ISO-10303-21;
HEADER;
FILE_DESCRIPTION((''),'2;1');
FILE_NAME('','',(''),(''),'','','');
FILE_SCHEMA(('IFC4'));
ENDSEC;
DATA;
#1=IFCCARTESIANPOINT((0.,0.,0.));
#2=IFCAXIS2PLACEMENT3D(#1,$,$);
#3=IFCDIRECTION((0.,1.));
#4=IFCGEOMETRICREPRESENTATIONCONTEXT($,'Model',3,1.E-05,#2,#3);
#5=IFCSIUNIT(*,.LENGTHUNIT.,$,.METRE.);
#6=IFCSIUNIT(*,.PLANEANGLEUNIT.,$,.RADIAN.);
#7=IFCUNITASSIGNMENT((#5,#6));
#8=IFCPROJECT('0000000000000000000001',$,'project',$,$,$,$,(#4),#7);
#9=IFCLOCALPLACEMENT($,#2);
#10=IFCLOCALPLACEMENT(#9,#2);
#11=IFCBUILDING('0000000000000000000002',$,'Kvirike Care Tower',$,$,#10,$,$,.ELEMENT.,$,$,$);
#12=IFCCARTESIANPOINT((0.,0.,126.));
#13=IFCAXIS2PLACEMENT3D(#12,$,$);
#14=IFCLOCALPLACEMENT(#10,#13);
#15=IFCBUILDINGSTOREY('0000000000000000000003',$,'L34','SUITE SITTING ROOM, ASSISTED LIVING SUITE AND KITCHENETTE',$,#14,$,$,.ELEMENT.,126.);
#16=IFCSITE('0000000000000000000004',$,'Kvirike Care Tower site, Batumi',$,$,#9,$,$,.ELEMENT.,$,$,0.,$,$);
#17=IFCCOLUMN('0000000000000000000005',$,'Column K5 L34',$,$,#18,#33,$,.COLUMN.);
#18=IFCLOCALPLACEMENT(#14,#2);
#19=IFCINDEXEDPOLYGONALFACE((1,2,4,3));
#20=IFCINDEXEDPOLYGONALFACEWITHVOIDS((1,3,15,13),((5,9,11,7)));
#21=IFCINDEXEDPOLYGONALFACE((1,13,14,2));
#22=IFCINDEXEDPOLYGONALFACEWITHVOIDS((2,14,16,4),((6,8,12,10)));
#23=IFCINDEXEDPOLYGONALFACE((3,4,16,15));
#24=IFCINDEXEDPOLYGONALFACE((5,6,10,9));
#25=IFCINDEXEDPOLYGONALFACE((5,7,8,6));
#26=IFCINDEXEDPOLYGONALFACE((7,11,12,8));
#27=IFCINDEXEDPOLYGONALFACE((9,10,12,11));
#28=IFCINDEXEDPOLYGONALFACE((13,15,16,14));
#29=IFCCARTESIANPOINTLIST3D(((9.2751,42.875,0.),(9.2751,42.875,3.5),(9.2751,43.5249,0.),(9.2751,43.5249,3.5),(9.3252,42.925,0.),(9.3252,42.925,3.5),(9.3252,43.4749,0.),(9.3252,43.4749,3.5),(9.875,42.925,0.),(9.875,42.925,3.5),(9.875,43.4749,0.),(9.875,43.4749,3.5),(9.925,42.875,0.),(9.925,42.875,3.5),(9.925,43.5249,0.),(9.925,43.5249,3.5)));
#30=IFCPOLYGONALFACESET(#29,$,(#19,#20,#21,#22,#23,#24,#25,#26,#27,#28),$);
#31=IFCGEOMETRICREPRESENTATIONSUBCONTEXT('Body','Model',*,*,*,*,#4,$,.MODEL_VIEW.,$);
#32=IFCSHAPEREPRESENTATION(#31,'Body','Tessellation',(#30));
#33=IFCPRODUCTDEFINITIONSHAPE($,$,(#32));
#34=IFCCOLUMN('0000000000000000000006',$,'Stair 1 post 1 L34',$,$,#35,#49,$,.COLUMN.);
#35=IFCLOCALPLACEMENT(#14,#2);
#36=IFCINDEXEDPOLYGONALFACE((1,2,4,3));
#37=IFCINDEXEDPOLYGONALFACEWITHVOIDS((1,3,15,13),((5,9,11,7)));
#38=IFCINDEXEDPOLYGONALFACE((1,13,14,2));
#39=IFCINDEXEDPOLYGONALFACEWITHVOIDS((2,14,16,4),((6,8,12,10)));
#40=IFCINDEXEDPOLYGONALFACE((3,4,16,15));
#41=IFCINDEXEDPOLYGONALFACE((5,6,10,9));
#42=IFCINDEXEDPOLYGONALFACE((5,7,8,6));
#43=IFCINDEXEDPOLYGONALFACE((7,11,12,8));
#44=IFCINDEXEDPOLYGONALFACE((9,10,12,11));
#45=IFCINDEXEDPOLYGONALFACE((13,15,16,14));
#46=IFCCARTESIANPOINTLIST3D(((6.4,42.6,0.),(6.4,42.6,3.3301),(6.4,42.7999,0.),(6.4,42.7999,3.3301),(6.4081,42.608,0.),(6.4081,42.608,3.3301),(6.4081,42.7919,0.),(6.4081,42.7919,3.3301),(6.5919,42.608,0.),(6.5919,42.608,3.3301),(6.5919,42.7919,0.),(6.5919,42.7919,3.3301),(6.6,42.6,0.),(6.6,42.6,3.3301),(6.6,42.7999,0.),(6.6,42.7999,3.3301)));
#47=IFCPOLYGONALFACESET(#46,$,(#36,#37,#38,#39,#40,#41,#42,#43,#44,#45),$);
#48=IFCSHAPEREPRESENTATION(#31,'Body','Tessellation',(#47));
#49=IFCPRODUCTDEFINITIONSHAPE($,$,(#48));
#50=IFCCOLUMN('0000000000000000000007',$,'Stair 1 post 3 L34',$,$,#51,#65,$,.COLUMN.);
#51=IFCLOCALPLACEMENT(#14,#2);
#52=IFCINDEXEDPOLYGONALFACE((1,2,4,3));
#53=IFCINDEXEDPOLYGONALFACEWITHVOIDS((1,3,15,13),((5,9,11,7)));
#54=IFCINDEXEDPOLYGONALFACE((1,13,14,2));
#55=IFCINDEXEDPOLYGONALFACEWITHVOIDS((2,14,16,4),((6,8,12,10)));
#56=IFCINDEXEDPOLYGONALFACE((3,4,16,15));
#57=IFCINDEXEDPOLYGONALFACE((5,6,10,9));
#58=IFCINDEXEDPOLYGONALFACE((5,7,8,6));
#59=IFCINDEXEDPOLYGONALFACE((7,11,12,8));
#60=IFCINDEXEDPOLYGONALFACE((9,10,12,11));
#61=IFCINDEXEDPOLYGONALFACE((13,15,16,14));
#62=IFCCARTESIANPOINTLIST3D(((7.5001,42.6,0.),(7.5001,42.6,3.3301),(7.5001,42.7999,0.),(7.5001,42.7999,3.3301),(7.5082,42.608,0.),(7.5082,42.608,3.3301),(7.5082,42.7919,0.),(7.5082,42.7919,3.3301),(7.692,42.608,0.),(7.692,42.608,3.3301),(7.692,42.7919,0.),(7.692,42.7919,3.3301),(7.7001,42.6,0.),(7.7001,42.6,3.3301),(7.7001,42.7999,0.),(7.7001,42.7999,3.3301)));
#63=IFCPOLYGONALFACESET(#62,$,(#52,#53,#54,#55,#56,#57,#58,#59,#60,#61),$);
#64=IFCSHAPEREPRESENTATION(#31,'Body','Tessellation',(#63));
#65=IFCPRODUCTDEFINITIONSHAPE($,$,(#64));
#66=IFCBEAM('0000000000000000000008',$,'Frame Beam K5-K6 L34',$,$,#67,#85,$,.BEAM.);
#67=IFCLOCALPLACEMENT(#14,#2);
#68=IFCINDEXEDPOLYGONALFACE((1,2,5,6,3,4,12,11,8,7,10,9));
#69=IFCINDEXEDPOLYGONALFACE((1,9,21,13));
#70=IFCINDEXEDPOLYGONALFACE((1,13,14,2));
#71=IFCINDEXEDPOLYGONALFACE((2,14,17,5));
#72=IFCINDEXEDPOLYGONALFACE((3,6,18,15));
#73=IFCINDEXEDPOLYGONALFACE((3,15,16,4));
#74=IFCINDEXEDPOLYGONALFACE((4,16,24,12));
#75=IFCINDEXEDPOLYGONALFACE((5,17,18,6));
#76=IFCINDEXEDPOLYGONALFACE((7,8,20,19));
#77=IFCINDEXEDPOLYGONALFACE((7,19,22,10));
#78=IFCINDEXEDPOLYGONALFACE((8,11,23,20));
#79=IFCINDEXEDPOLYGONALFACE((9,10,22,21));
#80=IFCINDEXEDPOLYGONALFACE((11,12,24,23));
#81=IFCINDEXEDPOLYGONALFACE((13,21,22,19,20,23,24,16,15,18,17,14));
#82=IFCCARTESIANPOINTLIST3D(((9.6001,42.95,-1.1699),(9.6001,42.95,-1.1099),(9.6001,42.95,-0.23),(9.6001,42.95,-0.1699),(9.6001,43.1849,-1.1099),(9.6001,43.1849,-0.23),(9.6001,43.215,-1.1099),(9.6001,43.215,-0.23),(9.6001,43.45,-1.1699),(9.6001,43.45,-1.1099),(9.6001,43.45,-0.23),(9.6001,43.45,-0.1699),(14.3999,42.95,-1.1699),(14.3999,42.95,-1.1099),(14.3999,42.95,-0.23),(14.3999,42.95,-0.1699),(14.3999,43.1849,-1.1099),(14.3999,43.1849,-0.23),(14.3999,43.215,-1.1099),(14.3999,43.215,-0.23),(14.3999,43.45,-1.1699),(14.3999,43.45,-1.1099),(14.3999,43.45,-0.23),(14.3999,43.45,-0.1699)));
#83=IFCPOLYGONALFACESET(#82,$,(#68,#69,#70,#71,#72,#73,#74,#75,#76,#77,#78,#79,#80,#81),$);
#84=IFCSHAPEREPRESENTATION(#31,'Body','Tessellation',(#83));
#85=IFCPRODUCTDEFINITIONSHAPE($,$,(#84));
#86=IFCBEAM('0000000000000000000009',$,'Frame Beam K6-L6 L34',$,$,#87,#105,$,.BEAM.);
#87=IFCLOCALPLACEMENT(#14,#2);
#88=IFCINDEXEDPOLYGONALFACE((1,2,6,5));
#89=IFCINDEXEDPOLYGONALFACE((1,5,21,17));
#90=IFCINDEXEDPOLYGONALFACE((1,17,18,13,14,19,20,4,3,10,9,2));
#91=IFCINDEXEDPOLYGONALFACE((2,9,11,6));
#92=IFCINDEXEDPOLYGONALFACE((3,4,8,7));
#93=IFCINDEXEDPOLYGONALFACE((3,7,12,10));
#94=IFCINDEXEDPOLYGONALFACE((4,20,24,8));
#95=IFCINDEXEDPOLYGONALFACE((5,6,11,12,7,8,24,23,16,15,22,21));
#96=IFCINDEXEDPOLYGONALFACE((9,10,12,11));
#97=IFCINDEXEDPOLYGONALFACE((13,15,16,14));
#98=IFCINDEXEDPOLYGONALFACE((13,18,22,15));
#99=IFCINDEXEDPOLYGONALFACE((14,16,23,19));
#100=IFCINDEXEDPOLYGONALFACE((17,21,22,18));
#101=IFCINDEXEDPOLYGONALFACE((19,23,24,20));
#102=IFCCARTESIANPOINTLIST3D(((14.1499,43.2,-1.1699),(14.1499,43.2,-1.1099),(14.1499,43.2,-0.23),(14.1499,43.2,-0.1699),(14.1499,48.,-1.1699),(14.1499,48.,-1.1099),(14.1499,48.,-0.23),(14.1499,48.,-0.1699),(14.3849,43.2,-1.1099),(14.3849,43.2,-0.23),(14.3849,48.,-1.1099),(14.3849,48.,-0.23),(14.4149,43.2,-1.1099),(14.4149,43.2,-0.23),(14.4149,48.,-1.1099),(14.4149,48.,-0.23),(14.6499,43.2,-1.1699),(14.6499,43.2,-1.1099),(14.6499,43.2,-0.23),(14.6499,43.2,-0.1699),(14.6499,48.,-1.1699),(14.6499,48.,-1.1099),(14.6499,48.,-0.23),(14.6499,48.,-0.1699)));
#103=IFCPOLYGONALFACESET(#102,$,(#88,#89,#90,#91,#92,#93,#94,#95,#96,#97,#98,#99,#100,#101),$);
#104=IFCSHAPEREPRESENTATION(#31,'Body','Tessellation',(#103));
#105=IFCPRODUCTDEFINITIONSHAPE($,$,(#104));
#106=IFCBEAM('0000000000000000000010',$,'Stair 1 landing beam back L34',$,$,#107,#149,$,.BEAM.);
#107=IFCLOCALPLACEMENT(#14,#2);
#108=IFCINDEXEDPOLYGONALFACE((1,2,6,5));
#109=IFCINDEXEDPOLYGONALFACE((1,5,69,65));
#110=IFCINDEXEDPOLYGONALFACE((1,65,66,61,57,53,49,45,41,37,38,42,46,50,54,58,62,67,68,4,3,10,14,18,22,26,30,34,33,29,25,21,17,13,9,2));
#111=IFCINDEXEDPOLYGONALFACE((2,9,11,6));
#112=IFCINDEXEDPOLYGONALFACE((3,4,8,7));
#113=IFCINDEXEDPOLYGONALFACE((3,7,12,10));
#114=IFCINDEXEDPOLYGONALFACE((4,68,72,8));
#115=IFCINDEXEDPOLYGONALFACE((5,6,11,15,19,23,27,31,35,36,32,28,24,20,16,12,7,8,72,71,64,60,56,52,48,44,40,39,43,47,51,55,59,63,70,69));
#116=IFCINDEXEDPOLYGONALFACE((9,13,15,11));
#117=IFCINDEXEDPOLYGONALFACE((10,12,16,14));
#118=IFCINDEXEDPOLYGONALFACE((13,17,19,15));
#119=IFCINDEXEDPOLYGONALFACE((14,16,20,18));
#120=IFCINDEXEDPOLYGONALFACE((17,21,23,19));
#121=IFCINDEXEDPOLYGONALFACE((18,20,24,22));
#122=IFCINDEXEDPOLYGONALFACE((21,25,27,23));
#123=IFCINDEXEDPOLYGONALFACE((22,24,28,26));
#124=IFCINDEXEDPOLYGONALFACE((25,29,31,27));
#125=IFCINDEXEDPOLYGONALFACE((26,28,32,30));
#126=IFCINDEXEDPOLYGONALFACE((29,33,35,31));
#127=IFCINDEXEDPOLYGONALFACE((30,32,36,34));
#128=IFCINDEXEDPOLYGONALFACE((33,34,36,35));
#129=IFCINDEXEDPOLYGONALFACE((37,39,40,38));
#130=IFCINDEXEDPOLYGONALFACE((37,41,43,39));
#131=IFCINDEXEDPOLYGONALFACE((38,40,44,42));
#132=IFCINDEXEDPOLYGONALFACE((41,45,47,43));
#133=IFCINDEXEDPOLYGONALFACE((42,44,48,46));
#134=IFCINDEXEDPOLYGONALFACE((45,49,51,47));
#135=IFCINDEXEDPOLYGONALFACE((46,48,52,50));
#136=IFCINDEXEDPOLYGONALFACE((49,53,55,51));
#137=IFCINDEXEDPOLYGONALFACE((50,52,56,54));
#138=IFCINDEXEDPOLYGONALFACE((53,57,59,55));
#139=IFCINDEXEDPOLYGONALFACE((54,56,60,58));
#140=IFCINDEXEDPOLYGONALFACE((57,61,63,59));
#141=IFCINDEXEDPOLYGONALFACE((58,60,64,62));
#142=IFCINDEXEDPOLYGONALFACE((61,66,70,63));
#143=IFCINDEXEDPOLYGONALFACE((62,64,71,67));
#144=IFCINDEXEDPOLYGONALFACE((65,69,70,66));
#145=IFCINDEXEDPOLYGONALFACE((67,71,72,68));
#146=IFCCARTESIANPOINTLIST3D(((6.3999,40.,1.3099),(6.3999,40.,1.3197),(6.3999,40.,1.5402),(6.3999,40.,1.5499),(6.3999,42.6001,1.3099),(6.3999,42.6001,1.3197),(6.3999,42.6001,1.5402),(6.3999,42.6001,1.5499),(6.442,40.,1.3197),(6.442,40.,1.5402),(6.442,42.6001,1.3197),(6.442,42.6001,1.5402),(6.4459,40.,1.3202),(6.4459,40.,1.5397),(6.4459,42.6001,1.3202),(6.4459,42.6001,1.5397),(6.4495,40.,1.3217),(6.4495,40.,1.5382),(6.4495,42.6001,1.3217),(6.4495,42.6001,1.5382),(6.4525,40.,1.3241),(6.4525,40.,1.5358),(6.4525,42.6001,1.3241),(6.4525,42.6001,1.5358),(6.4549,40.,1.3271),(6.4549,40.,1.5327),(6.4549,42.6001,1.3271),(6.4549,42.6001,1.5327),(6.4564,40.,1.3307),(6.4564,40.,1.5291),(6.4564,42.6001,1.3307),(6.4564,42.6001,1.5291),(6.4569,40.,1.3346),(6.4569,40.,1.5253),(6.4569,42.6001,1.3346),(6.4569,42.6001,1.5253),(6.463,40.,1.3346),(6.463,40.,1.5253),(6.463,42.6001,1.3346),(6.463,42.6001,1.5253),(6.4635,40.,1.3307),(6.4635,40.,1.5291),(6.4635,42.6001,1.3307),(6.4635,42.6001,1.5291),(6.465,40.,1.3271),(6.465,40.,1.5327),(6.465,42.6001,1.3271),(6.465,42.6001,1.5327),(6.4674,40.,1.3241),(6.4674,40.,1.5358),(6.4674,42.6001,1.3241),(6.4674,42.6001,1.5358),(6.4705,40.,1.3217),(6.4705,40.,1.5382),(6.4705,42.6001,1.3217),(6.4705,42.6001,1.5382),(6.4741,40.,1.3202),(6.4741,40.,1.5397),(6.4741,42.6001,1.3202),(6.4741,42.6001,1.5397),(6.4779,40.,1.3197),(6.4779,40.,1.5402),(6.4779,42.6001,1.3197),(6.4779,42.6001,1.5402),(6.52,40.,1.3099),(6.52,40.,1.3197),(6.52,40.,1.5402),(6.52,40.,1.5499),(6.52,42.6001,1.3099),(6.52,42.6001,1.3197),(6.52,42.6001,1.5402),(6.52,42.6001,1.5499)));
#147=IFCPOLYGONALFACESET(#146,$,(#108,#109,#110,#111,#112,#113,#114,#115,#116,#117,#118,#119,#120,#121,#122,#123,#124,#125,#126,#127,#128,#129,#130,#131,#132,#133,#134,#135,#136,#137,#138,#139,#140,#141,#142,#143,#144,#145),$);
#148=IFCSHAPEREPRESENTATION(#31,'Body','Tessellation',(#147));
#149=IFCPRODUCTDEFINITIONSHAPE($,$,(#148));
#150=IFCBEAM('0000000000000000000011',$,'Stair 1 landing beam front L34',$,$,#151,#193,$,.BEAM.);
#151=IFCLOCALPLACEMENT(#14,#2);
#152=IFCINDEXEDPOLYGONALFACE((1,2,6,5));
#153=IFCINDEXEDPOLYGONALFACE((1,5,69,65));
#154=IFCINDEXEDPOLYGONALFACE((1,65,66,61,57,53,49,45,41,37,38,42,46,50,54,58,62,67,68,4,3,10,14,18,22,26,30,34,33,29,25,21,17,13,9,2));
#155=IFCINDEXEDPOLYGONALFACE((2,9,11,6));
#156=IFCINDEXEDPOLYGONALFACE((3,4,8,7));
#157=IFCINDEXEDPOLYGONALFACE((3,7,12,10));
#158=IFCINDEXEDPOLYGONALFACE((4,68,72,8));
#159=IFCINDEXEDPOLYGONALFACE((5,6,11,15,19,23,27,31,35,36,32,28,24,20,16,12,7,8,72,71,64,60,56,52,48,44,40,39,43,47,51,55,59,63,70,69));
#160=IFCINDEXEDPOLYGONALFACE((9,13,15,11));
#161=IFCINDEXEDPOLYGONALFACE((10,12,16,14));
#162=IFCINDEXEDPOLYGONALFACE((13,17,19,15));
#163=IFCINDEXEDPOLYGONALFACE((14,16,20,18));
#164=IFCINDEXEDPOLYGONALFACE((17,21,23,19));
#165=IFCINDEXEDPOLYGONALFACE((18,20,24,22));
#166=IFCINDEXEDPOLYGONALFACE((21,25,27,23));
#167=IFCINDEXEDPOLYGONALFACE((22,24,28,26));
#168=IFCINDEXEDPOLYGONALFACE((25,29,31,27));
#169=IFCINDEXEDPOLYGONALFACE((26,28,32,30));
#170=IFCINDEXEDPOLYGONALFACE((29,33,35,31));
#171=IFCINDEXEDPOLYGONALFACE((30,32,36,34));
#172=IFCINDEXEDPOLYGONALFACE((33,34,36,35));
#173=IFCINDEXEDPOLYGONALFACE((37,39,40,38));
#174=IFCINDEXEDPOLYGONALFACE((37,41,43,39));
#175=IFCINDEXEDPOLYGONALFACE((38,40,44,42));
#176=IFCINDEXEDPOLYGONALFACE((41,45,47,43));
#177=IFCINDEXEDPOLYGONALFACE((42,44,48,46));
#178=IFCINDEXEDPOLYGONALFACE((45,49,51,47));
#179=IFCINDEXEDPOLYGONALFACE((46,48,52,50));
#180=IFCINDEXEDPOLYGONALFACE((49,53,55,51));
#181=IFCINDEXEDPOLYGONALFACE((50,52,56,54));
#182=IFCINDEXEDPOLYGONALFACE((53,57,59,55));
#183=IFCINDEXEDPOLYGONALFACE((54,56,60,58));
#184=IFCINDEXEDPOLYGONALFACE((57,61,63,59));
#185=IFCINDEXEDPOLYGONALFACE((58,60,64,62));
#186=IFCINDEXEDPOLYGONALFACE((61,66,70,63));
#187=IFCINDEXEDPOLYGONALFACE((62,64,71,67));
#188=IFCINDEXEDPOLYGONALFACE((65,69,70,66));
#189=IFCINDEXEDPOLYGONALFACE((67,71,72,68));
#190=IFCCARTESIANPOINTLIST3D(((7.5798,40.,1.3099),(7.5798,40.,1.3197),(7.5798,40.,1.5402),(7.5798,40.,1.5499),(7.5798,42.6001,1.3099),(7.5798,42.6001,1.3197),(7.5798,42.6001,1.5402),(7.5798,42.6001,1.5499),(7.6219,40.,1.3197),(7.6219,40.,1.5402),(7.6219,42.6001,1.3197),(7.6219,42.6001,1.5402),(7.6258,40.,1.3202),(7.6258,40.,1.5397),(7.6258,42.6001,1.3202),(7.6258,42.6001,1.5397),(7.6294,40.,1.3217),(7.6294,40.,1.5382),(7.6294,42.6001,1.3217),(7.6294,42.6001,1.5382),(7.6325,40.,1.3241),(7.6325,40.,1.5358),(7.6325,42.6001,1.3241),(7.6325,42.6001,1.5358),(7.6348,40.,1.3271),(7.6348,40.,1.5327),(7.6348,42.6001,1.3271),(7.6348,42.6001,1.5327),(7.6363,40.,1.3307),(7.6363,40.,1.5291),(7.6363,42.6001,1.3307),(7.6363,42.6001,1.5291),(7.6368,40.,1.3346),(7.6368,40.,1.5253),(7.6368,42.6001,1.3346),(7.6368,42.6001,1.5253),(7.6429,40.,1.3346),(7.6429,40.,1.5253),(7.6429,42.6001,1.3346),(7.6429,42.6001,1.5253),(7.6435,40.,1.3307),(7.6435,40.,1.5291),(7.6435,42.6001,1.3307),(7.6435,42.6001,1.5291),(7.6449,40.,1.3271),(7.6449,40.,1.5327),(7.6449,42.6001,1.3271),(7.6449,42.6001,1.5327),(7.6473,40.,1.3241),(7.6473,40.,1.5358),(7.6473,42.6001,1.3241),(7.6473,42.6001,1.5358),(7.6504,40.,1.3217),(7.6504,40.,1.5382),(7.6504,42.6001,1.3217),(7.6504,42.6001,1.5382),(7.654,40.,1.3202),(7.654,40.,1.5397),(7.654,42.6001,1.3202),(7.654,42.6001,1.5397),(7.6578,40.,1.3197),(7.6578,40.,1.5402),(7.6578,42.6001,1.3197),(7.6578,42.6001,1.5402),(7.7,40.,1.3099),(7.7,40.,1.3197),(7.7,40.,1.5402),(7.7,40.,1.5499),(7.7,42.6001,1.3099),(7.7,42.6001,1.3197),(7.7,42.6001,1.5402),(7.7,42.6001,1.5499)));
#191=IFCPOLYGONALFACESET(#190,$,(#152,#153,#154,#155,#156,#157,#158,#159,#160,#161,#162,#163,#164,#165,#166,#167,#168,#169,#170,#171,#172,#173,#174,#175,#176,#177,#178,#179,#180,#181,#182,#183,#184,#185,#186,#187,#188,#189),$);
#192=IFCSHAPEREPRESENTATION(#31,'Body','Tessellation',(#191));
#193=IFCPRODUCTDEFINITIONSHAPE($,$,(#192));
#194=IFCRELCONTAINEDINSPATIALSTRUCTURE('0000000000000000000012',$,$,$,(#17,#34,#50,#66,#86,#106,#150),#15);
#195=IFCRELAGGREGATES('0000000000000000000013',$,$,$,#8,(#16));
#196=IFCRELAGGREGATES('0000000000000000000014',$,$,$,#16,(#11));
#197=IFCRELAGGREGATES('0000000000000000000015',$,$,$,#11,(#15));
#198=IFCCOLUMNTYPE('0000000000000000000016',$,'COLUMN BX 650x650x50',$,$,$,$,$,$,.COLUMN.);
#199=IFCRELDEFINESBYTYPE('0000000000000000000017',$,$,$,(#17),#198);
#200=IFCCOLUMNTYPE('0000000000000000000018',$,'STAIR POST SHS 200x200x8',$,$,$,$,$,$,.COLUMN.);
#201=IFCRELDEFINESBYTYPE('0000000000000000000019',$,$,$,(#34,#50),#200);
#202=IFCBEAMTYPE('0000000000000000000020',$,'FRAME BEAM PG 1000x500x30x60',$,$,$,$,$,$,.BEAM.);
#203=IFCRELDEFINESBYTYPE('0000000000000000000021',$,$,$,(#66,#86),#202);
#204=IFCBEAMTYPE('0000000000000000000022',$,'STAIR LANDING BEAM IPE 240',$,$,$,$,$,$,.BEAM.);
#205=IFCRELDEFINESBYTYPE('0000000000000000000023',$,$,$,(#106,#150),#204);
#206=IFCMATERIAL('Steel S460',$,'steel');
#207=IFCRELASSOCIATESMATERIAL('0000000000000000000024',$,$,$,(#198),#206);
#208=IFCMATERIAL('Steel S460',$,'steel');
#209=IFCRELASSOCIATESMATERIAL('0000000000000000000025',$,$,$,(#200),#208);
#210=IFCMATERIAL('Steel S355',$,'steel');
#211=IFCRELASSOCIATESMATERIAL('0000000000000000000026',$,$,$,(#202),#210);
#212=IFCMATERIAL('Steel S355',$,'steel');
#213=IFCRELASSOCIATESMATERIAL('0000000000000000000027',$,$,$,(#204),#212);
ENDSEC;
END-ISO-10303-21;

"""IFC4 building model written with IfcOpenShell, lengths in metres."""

from ifc_helpers import new_model, si_unit, direction, frame, origin, origin_2d, place, context, subcontext, project, spatial, hollow_rectangle, i_section, extrude, material, material_profile, profile_set, type_object, element, save


model = new_model("IFC4")

# Units and contexts
model_context = context("Model", 3, precision=1e-05, world=origin(), true_north=direction((0.0, 1.0)))
body_context = subcontext(model_context, "Body", "Model", "MODEL_VIEW")
ifc_project = project(units=[si_unit("LENGTHUNIT", "METRE"), si_unit("PLANEANGLEUNIT", "RADIAN")], contexts=[model_context])

# Site, building, storey
site_placement = place(None, origin())
site = spatial("IfcSite", under=ifc_project, at=site_placement, Name="Kvirike Care Tower site, Batumi", CompositionType="ELEMENT", RefElevation=0.0)
building_placement = place(site_placement, origin())
building = spatial("IfcBuilding", under=site, at=building_placement, Name="Kvirike Care Tower", CompositionType="ELEMENT")
storey_placement = place(building_placement, frame((0.0, 0.0, 126.0)))
storey = spatial("IfcBuildingStorey", under=building, at=storey_placement, Name="L34", Description="SUITE SITTING ROOM, ASSISTED LIVING SUITE AND KITCHENETTE", CompositionType="ELEMENT", Elevation=126.0)

# Columns
ifc_material_1 = material(Name="Steel S460", Category="steel")
ifc_material_profile_1 = material_profile(ifc_material_1, hollow_rectangle(XDim=0.6499, YDim=0.6499, WallThickness=0.05, at=origin_2d()), Name="BX 650x650x50")
ifc_profile_set_1 = profile_set([ifc_material_profile_1], Name="Steel S460")
column_type_1 = type_object("IfcColumnType", Name="COLUMN BX 650x650x50", PredefinedType="COLUMN", material=ifc_profile_set_1)
column_placement = place(storey_placement, frame((9.6001, 43.2, 0.0), z_axis=(0.0, 0.0, 1.0), x_axis=(0.0, 1.0, 0.0)))
element("IfcColumn", 1, at=column_placement, inside=storey, type_object=column_type_1, Name="Column K5 L34", PredefinedType="COLUMN", context=body_context, shape_type="SweptSolid", body=[
    extrude(hollow_rectangle(XDim=0.6499, YDim=0.6499, WallThickness=0.05, at=origin_2d()), origin(), (0.0, 0.0, 1.0), 3.5),
])
ifc_material_2 = material(Name="Steel S460", Category="steel")
ifc_material_profile_2 = material_profile(ifc_material_2, hollow_rectangle(XDim=0.2, YDim=0.2, WallThickness=0.0081, at=origin_2d()), Name="SHS 200x200x8")
ifc_profile_set_2 = profile_set([ifc_material_profile_2], Name="Steel S460")
column_type_2 = type_object("IfcColumnType", Name="STAIR POST SHS 200x200x8", PredefinedType="COLUMN", material=ifc_profile_set_2)
for number, where, z_axis, x_axis, name in (
    (2, (6.5, 42.7, 0.0), (0.0, 0.0, 1.0), (1.0, 0.0, 0.0), "Stair 1 post 1 L34"),
    (3, (7.6001, 42.7, 0.0), (0.0, 0.0, 1.0), (1.0, 0.0, 0.0), "Stair 1 post 3 L34"),
):
    element("IfcColumn", number, at=place(storey_placement, frame(where, z_axis=z_axis, x_axis=x_axis)), inside=storey, type_object=column_type_2, Name=name, PredefinedType="COLUMN", context=body_context, shape_type="SweptSolid", body=[
        extrude(hollow_rectangle(XDim=0.2, YDim=0.2, WallThickness=0.0081, at=origin_2d()), origin(), (0.0, 0.0, 1.0), 3.3301),
    ])

# Beams
ifc_material_3 = material(Name="Steel S355", Category="steel")
ifc_material_profile_3 = material_profile(ifc_material_3, i_section(OverallWidth=0.5, OverallDepth=1.0, WebThickness=0.03, FlangeThickness=0.0601, at=origin_2d()), Name="PG 1000x500x30x60")
ifc_profile_set_3 = profile_set([ifc_material_profile_3], Name="Steel S355")
beam_type_1 = type_object("IfcBeamType", Name="FRAME BEAM PG 1000x500x30x60", PredefinedType="BEAM", material=ifc_profile_set_3)
beam_1_placement = place(storey_placement, frame((9.6001, 43.2, -0.6699), z_axis=(1.0, 0.0, 0.0), x_axis=(0.0, 1.0, 0.0)))
element("IfcBeam", 4, at=beam_1_placement, inside=storey, type_object=beam_type_1, Name="Frame Beam K5-K6 L34", PredefinedType="BEAM", context=body_context, shape_type="SweptSolid", body=[
    extrude(i_section(OverallWidth=0.5, OverallDepth=1.0, WebThickness=0.03, FlangeThickness=0.0601, at=origin_2d()), origin(), (0.0, 0.0, 1.0), 4.7998),
])
beam_2_placement = place(storey_placement, frame((14.3999, 43.2, -0.6699), z_axis=(0.0, 1.0, 0.0), x_axis=(-1.0, 0.0, 0.0)))
element("IfcBeam", 5, at=beam_2_placement, inside=storey, type_object=beam_type_1, Name="Frame Beam K6-L6 L34", PredefinedType="BEAM", context=body_context, shape_type="SweptSolid", body=[
    extrude(i_section(OverallWidth=0.5, OverallDepth=1.0, WebThickness=0.03, FlangeThickness=0.0601, at=origin_2d()), origin(), (0.0, 0.0, 1.0), 4.8),
])
ifc_material_4 = material(Name="Steel S355", Category="steel")
ifc_material_profile_4 = material_profile(ifc_material_4, i_section(OverallWidth=0.1201, OverallDepth=0.24, WebThickness=0.0061, FlangeThickness=0.0098, FilletRadius=0.0149, at=origin_2d()), Name="IPE 240")
ifc_profile_set_4 = profile_set([ifc_material_profile_4], Name="Steel S355")
beam_type_2 = type_object("IfcBeamType", Name="STAIR LANDING BEAM IPE 240", PredefinedType="BEAM", material=ifc_profile_set_4)
for number, where, z_axis, x_axis, name in (
    (6, (6.46, 42.6001, 1.4299), (0.0, -1.0, 0.0), (1.0, 0.0, 0.0), "Stair 1 landing beam back L34"),
    (7, (7.6399, 42.6001, 1.4299), (0.0, -1.0, 0.0), (1.0, 0.0, 0.0), "Stair 1 landing beam front L34"),
):
    element("IfcBeam", number, at=place(storey_placement, frame(where, z_axis=z_axis, x_axis=x_axis)), inside=storey, type_object=beam_type_2, Name=name, PredefinedType="BEAM", context=body_context, shape_type="SweptSolid", body=[
        extrude(i_section(OverallWidth=0.1201, OverallDepth=0.24, WebThickness=0.0061, FlangeThickness=0.0098, FilletRadius=0.0149, at=origin_2d()), origin(), (0.0, 0.0, 1.0), 2.6001),
    ])

save(model, "model.ifc")
